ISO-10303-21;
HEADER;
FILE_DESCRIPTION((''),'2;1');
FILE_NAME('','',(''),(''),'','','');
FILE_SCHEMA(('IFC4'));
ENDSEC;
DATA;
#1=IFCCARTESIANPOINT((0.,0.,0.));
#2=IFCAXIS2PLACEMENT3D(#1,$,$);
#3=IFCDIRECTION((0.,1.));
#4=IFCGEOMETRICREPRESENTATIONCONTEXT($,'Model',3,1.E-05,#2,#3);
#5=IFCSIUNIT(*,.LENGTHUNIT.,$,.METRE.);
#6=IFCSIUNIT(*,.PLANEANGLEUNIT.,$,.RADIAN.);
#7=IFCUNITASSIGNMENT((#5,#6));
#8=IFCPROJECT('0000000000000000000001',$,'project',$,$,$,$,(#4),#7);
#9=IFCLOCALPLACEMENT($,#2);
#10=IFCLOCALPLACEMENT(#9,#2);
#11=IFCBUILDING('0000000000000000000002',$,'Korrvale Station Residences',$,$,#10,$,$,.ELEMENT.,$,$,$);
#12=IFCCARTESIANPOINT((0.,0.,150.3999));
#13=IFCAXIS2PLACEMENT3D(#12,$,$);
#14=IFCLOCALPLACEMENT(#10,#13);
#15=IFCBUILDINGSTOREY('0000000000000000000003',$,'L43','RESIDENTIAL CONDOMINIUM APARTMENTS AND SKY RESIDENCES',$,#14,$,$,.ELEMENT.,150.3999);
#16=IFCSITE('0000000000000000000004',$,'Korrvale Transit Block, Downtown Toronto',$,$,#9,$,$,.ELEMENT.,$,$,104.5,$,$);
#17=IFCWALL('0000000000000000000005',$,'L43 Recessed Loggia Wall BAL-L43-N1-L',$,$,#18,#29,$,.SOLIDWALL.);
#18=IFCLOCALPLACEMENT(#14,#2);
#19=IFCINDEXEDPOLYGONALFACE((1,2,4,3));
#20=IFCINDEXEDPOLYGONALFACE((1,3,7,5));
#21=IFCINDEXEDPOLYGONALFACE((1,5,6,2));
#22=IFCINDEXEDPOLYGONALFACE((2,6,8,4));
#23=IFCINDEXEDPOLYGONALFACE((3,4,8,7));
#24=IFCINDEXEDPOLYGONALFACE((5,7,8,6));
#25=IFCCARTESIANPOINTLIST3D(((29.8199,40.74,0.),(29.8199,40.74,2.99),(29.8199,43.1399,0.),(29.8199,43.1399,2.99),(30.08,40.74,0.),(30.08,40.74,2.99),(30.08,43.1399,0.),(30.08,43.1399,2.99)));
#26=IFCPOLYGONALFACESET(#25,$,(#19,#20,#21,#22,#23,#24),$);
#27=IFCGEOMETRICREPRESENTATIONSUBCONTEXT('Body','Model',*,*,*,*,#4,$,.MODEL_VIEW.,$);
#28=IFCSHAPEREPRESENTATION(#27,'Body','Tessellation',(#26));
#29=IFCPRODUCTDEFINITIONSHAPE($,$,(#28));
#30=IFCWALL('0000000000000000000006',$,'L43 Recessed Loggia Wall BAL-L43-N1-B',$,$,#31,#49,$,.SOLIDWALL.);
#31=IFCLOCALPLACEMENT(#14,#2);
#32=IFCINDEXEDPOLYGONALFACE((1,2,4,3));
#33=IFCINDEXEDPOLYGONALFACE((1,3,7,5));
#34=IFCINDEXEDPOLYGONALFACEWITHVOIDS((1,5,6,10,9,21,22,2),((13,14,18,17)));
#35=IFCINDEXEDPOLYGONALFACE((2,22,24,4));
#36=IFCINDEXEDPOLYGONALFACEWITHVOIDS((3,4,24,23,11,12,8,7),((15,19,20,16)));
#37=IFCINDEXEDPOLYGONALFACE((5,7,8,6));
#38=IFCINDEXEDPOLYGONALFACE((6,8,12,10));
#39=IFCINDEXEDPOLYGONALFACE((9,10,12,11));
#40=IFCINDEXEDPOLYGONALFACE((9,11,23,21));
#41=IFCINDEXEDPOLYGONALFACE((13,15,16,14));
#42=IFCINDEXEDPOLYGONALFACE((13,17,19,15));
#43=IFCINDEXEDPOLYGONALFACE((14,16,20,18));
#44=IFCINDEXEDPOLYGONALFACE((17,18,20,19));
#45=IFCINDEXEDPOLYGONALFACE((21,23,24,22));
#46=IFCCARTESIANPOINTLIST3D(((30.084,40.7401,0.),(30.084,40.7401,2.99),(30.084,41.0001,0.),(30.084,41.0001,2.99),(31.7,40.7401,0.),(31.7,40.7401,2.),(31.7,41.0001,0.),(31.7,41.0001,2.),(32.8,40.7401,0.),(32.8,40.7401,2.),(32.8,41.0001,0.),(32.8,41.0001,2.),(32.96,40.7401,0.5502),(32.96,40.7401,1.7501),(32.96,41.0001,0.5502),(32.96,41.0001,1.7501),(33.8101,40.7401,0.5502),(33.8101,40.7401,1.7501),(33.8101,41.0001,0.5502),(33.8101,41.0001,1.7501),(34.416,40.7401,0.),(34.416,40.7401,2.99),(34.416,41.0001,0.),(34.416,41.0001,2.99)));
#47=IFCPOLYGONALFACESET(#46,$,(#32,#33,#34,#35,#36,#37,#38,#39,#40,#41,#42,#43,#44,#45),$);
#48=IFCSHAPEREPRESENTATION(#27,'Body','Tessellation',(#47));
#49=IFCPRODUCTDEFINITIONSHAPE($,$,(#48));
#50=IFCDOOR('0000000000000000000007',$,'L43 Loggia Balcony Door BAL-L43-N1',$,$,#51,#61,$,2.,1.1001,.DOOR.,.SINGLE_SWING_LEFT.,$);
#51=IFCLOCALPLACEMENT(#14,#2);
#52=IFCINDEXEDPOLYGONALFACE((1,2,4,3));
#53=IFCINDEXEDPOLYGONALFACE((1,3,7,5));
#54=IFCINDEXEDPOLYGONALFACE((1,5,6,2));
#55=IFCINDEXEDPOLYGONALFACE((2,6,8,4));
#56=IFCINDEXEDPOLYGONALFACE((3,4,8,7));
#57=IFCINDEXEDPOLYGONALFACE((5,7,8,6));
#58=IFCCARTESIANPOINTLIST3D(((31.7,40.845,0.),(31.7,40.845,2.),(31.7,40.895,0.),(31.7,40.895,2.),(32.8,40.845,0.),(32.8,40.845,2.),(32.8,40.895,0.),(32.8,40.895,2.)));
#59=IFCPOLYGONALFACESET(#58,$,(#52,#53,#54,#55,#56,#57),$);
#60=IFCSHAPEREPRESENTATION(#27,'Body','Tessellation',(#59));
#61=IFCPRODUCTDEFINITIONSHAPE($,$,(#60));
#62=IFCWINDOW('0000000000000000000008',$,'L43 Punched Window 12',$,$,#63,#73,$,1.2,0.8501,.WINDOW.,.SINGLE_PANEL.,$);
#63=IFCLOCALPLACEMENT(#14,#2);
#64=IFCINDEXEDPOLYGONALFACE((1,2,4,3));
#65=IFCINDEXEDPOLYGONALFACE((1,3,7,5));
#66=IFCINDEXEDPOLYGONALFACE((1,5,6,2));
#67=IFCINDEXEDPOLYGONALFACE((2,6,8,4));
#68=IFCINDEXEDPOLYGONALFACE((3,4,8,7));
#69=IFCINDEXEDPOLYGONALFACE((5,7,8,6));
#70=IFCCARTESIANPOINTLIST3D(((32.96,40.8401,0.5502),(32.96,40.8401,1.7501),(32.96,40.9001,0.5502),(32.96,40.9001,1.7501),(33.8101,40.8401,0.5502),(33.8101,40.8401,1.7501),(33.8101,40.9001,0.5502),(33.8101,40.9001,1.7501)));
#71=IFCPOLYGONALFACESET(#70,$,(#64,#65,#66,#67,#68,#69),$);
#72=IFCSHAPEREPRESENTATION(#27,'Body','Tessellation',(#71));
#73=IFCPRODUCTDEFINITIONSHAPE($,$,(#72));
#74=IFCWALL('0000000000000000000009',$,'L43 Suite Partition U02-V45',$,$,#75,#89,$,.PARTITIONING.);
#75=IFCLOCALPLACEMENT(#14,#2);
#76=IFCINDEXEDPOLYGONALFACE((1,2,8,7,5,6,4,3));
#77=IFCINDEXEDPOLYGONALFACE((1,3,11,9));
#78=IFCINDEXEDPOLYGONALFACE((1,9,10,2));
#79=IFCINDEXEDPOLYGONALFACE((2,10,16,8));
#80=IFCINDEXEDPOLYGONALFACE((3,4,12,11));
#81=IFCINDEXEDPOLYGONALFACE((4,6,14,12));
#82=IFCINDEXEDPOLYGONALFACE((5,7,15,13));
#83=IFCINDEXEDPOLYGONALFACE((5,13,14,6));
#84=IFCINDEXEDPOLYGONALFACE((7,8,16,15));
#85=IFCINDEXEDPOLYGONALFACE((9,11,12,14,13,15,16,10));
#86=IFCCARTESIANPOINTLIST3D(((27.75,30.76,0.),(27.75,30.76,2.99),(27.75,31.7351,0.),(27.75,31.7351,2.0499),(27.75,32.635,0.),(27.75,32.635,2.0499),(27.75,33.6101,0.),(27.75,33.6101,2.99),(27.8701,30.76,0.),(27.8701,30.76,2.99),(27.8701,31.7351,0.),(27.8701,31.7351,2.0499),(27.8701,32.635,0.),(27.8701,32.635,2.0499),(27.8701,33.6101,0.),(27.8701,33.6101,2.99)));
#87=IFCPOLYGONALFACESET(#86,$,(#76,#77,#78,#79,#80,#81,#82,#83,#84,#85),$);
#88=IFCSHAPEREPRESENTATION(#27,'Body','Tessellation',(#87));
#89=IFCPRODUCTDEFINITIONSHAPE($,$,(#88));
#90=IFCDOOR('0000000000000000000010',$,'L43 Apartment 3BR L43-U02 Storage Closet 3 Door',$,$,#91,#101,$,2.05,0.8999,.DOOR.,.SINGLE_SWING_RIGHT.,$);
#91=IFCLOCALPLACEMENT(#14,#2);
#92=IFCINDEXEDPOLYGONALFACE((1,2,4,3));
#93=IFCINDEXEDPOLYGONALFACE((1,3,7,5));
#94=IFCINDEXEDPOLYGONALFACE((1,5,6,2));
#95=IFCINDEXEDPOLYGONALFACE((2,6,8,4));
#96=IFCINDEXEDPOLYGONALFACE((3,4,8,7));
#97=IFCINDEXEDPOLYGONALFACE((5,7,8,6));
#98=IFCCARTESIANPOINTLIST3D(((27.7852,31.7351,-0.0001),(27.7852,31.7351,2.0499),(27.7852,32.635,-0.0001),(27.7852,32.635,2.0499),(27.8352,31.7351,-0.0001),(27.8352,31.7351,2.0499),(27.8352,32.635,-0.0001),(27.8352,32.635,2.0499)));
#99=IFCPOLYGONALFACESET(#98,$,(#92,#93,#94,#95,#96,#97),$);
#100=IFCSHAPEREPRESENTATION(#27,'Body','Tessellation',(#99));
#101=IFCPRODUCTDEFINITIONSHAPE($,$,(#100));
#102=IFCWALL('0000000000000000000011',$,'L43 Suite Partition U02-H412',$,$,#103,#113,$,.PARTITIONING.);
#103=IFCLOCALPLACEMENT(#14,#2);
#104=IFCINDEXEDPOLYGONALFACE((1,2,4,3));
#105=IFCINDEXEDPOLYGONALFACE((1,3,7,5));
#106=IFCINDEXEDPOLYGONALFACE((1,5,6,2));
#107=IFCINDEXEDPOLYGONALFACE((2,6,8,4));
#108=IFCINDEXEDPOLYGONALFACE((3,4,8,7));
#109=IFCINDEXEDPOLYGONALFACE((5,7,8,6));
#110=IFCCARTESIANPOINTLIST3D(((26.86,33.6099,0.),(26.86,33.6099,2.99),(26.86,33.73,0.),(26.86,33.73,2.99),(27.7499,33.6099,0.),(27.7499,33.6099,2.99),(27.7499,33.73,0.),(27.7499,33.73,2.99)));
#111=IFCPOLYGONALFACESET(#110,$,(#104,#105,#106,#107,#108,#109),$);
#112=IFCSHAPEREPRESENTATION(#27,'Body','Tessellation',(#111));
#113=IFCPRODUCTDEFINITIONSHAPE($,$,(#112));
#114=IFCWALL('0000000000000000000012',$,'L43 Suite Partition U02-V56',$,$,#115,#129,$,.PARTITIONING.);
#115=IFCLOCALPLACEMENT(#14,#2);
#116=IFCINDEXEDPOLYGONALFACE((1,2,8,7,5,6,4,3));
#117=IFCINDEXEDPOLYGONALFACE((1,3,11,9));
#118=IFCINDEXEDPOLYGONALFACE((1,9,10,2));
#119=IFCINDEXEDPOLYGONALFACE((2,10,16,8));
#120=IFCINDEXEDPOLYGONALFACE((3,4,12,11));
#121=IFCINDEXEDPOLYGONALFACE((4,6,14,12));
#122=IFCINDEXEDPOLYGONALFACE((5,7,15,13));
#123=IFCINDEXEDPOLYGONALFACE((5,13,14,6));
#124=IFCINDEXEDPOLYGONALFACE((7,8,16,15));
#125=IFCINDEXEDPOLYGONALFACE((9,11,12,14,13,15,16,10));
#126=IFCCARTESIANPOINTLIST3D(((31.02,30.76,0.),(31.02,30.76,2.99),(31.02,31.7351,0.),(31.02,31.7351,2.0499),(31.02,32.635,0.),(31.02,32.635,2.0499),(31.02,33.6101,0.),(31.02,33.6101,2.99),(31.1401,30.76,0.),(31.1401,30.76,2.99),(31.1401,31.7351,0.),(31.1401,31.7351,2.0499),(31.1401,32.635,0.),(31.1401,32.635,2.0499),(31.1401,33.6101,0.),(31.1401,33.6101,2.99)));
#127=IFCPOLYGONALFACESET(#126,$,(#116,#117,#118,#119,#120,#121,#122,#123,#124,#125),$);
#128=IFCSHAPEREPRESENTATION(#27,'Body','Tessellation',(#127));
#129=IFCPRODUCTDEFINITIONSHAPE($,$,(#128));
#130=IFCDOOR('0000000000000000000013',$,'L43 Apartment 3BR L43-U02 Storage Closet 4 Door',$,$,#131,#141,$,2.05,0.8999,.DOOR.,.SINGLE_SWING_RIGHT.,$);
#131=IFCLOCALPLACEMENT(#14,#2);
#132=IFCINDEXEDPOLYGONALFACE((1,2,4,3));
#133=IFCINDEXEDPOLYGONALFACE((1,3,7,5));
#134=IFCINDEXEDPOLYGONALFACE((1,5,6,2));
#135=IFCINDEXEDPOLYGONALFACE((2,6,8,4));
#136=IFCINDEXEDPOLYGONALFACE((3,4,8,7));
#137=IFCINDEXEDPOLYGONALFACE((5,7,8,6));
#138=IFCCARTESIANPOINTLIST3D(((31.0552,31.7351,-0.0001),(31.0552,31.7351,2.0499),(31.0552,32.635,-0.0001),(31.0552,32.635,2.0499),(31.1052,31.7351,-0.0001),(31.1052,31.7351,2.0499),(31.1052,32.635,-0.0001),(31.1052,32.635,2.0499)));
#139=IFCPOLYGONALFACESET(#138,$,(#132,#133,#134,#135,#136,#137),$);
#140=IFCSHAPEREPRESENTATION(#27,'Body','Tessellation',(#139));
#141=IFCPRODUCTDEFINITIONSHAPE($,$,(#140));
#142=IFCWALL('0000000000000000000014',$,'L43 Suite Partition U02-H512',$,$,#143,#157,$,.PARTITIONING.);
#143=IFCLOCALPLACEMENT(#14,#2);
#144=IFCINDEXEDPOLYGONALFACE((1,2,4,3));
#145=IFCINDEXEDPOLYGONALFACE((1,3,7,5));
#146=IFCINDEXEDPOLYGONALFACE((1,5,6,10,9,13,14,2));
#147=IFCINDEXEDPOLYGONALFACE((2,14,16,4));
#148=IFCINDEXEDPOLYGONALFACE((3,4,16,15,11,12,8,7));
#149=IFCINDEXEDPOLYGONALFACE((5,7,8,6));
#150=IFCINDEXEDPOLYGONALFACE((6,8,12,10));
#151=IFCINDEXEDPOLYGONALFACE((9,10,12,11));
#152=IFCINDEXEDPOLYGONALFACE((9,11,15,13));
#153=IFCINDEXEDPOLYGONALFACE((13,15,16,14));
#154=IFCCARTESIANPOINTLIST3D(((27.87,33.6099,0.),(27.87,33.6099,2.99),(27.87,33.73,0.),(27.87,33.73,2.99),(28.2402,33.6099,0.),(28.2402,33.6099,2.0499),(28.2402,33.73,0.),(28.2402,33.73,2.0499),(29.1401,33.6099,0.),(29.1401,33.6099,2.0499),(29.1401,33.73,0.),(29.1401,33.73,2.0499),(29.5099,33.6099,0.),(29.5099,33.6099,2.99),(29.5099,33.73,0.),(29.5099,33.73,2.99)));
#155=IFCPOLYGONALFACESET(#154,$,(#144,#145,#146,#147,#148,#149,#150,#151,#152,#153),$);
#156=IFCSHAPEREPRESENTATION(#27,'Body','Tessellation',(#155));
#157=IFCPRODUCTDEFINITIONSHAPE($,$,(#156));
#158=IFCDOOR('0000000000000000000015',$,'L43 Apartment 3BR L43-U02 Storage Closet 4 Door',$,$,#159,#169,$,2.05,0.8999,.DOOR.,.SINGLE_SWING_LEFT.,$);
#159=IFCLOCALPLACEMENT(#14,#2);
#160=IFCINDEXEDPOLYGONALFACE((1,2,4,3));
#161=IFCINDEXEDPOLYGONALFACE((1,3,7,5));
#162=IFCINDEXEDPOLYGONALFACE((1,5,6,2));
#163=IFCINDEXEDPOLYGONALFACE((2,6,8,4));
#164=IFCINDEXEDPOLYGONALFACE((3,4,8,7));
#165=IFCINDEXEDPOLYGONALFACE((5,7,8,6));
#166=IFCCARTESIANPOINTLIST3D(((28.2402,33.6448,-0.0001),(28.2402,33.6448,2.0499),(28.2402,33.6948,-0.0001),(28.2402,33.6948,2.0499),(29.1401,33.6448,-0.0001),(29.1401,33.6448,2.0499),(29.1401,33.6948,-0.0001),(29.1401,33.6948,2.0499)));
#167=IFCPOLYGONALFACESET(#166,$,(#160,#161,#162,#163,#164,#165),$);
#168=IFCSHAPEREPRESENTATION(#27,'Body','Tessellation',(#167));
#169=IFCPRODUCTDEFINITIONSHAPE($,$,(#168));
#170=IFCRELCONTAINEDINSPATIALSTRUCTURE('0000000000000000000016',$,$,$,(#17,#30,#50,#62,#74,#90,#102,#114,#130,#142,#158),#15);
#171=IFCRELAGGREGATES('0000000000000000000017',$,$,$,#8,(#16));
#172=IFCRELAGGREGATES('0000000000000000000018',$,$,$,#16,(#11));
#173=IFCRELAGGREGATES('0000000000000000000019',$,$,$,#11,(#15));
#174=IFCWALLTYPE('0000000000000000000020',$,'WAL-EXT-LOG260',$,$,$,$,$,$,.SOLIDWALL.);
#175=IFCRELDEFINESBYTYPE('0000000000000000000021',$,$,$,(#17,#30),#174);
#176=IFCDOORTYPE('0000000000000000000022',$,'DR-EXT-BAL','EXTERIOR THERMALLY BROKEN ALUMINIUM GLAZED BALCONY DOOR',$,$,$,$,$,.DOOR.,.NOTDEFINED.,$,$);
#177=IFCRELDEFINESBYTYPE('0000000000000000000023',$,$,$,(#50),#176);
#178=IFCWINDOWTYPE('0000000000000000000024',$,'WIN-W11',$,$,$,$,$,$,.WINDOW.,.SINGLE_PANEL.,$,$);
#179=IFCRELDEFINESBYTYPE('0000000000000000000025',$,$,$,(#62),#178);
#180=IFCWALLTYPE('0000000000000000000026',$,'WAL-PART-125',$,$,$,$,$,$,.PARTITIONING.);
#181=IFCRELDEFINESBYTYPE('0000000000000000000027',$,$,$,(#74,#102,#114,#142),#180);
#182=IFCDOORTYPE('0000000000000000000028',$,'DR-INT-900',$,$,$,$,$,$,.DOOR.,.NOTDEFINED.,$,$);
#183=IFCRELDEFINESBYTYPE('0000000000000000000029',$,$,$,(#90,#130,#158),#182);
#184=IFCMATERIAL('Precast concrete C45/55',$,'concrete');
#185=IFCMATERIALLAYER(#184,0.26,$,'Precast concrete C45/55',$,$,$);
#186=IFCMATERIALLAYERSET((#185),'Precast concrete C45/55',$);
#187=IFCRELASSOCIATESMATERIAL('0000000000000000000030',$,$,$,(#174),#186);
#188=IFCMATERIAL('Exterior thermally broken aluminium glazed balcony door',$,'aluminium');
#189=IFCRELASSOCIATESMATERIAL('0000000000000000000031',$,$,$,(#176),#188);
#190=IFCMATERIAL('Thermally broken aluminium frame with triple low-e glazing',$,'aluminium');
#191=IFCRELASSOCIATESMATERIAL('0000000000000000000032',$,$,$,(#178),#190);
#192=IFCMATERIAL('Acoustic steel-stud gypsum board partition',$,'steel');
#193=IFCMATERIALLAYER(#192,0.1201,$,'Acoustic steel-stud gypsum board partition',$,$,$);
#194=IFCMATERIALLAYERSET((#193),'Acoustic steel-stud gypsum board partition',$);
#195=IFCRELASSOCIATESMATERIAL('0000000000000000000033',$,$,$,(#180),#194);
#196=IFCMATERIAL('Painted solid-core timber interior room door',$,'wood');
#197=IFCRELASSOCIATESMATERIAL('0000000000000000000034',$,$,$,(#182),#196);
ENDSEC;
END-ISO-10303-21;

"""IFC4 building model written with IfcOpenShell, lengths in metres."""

from ifc_helpers import new_model, si_unit, direction, frame, frame_2d, origin, place, context, subcontext, project, spatial, rectangle, extrude, material, layer, layer_set, type_object, element, fill, save


model = new_model("IFC4")

# Units and contexts
model_context = context("Model", 3, precision=1e-05, world=origin(), true_north=direction((0.0, 1.0)))
body_context = subcontext(model_context, "Body", "Model", "MODEL_VIEW")
ifc_project = project(units=[si_unit("LENGTHUNIT", "METRE"), si_unit("PLANEANGLEUNIT", "RADIAN")], contexts=[model_context])

# Site, building, storey
site_placement = place(None, origin())
site = spatial("IfcSite", under=ifc_project, at=site_placement, Name="Korrvale Transit Block, Downtown Toronto", CompositionType="ELEMENT", RefElevation=104.5)
building_placement = place(site_placement, origin())
building = spatial("IfcBuilding", under=site, at=building_placement, Name="Korrvale Station Residences", CompositionType="ELEMENT")
storey_placement = place(building_placement, frame((0.0, 0.0, 150.3999)))
storey = spatial("IfcBuildingStorey", under=building, at=storey_placement, Name="L43", Description="RESIDENTIAL CONDOMINIUM APARTMENTS AND SKY RESIDENCES", CompositionType="ELEMENT", Elevation=150.3999)

# Wall
ifc_material_1 = material(Name="Precast concrete C45/55", Category="concrete")
ifc_layer_1 = layer(ifc_material_1, 0.26, Name="Precast concrete C45/55")
ifc_layer_set_1 = layer_set([ifc_layer_1], Name="Precast concrete C45/55")
wall_type_1 = type_object("IfcWallType", Name="WAL-EXT-LOG260", PredefinedType="SOLIDWALL", material=ifc_layer_set_1)
wall_1_placement = place(storey_placement, frame((29.95, 43.1399, 0.0), z_axis=(0.0, 0.0, 1.0), x_axis=(0.0, -1.0, 0.0)))
element("IfcWall", 1, at=wall_1_placement, inside=storey, type_object=wall_type_1, Name="L43 Recessed Loggia Wall BAL-L43-N1-L", PredefinedType="SOLIDWALL", context=body_context, shape_type="SweptSolid", body=[
    extrude(rectangle(XDim=2.3999, YDim=0.26, at=frame_2d((1.2, 0.0))), origin(), (0.0, 0.0, 1.0), 2.99),
])

# Wall, openings, door, window
wall_2_placement = place(storey_placement, frame((30.084, 40.8701, 0.0), z_axis=(0.0, 0.0, 1.0), x_axis=(1.0, 0.0, 0.0)))
wall_2 = element("IfcWall", 2, at=wall_2_placement, inside=storey, type_object=wall_type_1, Name="L43 Recessed Loggia Wall BAL-L43-N1-B", PredefinedType="SOLIDWALL", context=body_context, shape_type="SweptSolid", body=[
    extrude(rectangle(XDim=4.332, YDim=0.26, at=frame_2d((2.166, 0.0))), origin(), (0.0, 0.0, 1.0), 2.99),
])
opening_1_placement = place(wall_2_placement, frame((1.616, 0.0, 0.0)))
opening_1 = element("IfcOpeningElement", 3, at=opening_1_placement, cuts=wall_2, PredefinedType="OPENING", context=body_context, shape_type="SweptSolid", body=[
    extrude(rectangle(XDim=1.1001, YDim=2.0, at=frame_2d((0.55, 1.0))), frame((0.0, 0.1401, 0.0), z_axis=(0.0, -1.0, 0.0), x_axis=(1.0, 0.0, 0.0)), (0.0, 0.0, 1.0), 0.28),
])
opening_2_placement = place(wall_2_placement, frame((2.876, 0.0, 0.55)))
opening_2 = element("IfcOpeningElement", 4, at=opening_2_placement, cuts=wall_2, PredefinedType="OPENING", context=body_context, shape_type="SweptSolid", body=[
    extrude(rectangle(XDim=0.8501, YDim=1.2, at=frame_2d((0.425, 0.6001))), frame((0.0, 0.1401, 0.0), z_axis=(0.0, -1.0, 0.0), x_axis=(1.0, 0.0, 0.0)), (0.0, 0.0, 1.0), 0.28),
])
ifc_material_2 = material(Name="Exterior thermally broken aluminium glazed balcony door", Category="aluminium")
door_type_1 = type_object("IfcDoorType", Name="DR-EXT-BAL", Description="EXTERIOR THERMALLY BROKEN ALUMINIUM GLAZED BALCONY DOOR", OperationType="NOTDEFINED", PredefinedType="DOOR", material=ifc_material_2)
door_1_placement = place(opening_1_placement, origin())
door_1 = element("IfcDoor", 5, at=door_1_placement, inside=storey, type_object=door_type_1, Name="L43 Loggia Balcony Door BAL-L43-N1", OperationType="SINGLE_SWING_LEFT", OverallHeight=2.0, OverallWidth=1.1001, PredefinedType="DOOR", context=body_context, shape_type="SweptSolid", body=[
    extrude(rectangle(XDim=1.1001, YDim=2.0, at=frame_2d((0.55, 1.0))), frame((0.0, 0.0249, 0.0), z_axis=(0.0, -1.0, 0.0), x_axis=(1.0, 0.0, 0.0)), (0.0, 0.0, 1.0), 0.05),
])
fill(opening_1, door_1)
ifc_material_3 = material(Name="Thermally broken aluminium frame with triple low-e glazing", Category="aluminium")
window_type = type_object("IfcWindowType", Name="WIN-W11", PartitioningType="SINGLE_PANEL", PredefinedType="WINDOW", material=ifc_material_3)
window_placement = place(opening_2_placement, origin())
window = element("IfcWindow", 6, at=window_placement, inside=storey, type_object=window_type, Name="L43 Punched Window 12", OverallHeight=1.2, OverallWidth=0.8501, PartitioningType="SINGLE_PANEL", PredefinedType="WINDOW", context=body_context, shape_type="SweptSolid", body=[
    extrude(rectangle(XDim=0.8501, YDim=1.2, at=frame_2d((0.425, 0.6001))), frame((0.0, 0.03, 0.0), z_axis=(0.0, -1.0, 0.0), x_axis=(1.0, 0.0, 0.0)), (0.0, 0.0, 1.0), 0.0601),
])
fill(opening_2, window)

# Wall, opening, door
ifc_material_4 = material(Name="Acoustic steel-stud gypsum board partition", Category="steel")
ifc_layer_2 = layer(ifc_material_4, 0.1201, Name="Acoustic steel-stud gypsum board partition")
ifc_layer_set_2 = layer_set([ifc_layer_2], Name="Acoustic steel-stud gypsum board partition")
wall_type_2 = type_object("IfcWallType", Name="WAL-PART-125", PredefinedType="PARTITIONING", material=ifc_layer_set_2)
wall_3_placement = place(storey_placement, frame((27.8101, 30.76, 0.0), z_axis=(0.0, 0.0, 1.0), x_axis=(0.0, 1.0, 0.0)))
wall_3 = element("IfcWall", 7, at=wall_3_placement, inside=storey, type_object=wall_type_2, Name="L43 Suite Partition U02-V45", PredefinedType="PARTITIONING", context=body_context, shape_type="SweptSolid", body=[
    extrude(rectangle(XDim=2.8501, YDim=0.1201, at=frame_2d((1.425, 0.0))), origin(), (0.0, 0.0, 1.0), 2.99),
])
opening_3_placement = place(wall_3_placement, frame((0.9751, 0.0, 0.0)))
opening_3 = element("IfcOpeningElement", 8, at=opening_3_placement, cuts=wall_3, PredefinedType="OPENING", context=body_context, shape_type="SweptSolid", body=[
    extrude(rectangle(XDim=0.8999, YDim=2.05, at=frame_2d((0.45, 1.0249))), frame((0.0, 0.0701, 0.0), z_axis=(0.0, -1.0, 0.0), x_axis=(1.0, 0.0, 0.0)), (0.0, 0.0, 1.0), 0.1401),
])
ifc_material_5 = material(Name="Painted solid-core timber interior room door", Category="wood")
door_type_2 = type_object("IfcDoorType", Name="DR-INT-900", OperationType="NOTDEFINED", PredefinedType="DOOR", material=ifc_material_5)
door_2_placement = place(opening_3_placement, origin())
door_2 = element("IfcDoor", 9, at=door_2_placement, inside=storey, type_object=door_type_2, Name="L43 Apartment 3BR L43-U02 Storage Closet 3 Door", OperationType="SINGLE_SWING_RIGHT", OverallHeight=2.05, OverallWidth=0.8999, PredefinedType="DOOR", context=body_context, shape_type="SweptSolid", body=[
    extrude(rectangle(XDim=0.8999, YDim=2.05, at=frame_2d((0.45, 1.0249))), frame((0.0, 0.0249, 0.0), z_axis=(0.0, -1.0, 0.0), x_axis=(1.0, 0.0, 0.0)), (0.0, 0.0, 1.0), 0.05),
])
fill(opening_3, door_2)

# Wall
wall_4_placement = place(storey_placement, frame((26.8601, 33.6699, 0.0), z_axis=(0.0, 0.0, 1.0), x_axis=(1.0, 0.0, 0.0)))
element("IfcWall", 10, at=wall_4_placement, inside=storey, type_object=wall_type_2, Name="L43 Suite Partition U02-H412", PredefinedType="PARTITIONING", context=body_context, shape_type="SweptSolid", body=[
    extrude(rectangle(XDim=0.8899, YDim=0.1201, at=frame_2d((0.4448, 0.0))), origin(), (0.0, 0.0, 1.0), 2.99),
])

# Walls, openings, doors
wall_5_placement = place(storey_placement, frame((31.0801, 30.76, 0.0), z_axis=(0.0, 0.0, 1.0), x_axis=(0.0, 1.0, 0.0)))
wall_5 = element("IfcWall", 11, at=wall_5_placement, inside=storey, type_object=wall_type_2, Name="L43 Suite Partition U02-V56", PredefinedType="PARTITIONING", context=body_context, shape_type="SweptSolid", body=[
    extrude(rectangle(XDim=2.8501, YDim=0.1201, at=frame_2d((1.425, 0.0))), origin(), (0.0, 0.0, 1.0), 2.99),
])
opening_4_placement = place(wall_5_placement, frame((0.9751, 0.0, 0.0)))
opening_4 = element("IfcOpeningElement", 12, at=opening_4_placement, cuts=wall_5, PredefinedType="OPENING", context=body_context, shape_type="SweptSolid", body=[
    extrude(rectangle(XDim=0.8999, YDim=2.05, at=frame_2d((0.45, 1.0249))), frame((0.0, 0.0701, 0.0), z_axis=(0.0, -1.0, 0.0), x_axis=(1.0, 0.0, 0.0)), (0.0, 0.0, 1.0), 0.1401),
])
door_3_placement = place(opening_4_placement, origin())
door_3 = element("IfcDoor", 13, at=door_3_placement, inside=storey, type_object=door_type_2, Name="L43 Apartment 3BR L43-U02 Storage Closet 4 Door", OperationType="SINGLE_SWING_RIGHT", OverallHeight=2.05, OverallWidth=0.8999, PredefinedType="DOOR", context=body_context, shape_type="SweptSolid", body=[
    extrude(rectangle(XDim=0.8999, YDim=2.05, at=frame_2d((0.45, 1.0249))), frame((0.0, 0.0249, 0.0), z_axis=(0.0, -1.0, 0.0), x_axis=(1.0, 0.0, 0.0)), (0.0, 0.0, 1.0), 0.05),
])
fill(opening_4, door_3)
wall_6_placement = place(storey_placement, frame((27.8701, 33.6699, 0.0), z_axis=(0.0, 0.0, 1.0), x_axis=(1.0, 0.0, 0.0)))
wall_6 = element("IfcWall", 14, at=wall_6_placement, inside=storey, type_object=wall_type_2, Name="L43 Suite Partition U02-H512", PredefinedType="PARTITIONING", context=body_context, shape_type="SweptSolid", body=[
    extrude(rectangle(XDim=1.6399, YDim=0.1201, at=frame_2d((0.8198, 0.0))), origin(), (0.0, 0.0, 1.0), 2.99),
])
opening_5_placement = place(wall_6_placement, frame((0.3701, 0.0, 0.0)))
opening_5 = element("IfcOpeningElement", 15, at=opening_5_placement, cuts=wall_6, PredefinedType="OPENING", context=body_context, shape_type="SweptSolid", body=[
    extrude(rectangle(XDim=0.8999, YDim=2.05, at=frame_2d((0.45, 1.0249))), frame((0.0, 0.0701, 0.0), z_axis=(0.0, -1.0, 0.0), x_axis=(1.0, 0.0, 0.0)), (0.0, 0.0, 1.0), 0.1401),
])
door_4_placement = place(opening_5_placement, origin())
door_4 = element("IfcDoor", 16, at=door_4_placement, inside=storey, type_object=door_type_2, Name="L43 Apartment 3BR L43-U02 Storage Closet 4 Door", OperationType="SINGLE_SWING_LEFT", OverallHeight=2.05, OverallWidth=0.8999, PredefinedType="DOOR", context=body_context, shape_type="SweptSolid", body=[
    extrude(rectangle(XDim=0.8999, YDim=2.05, at=frame_2d((0.45, 1.0249))), frame((0.0, 0.0249, 0.0), z_axis=(0.0, -1.0, 0.0), x_axis=(1.0, 0.0, 0.0)), (0.0, 0.0, 1.0), 0.05),
])
fill(opening_5, door_4)

save(model, "model.ifc")
